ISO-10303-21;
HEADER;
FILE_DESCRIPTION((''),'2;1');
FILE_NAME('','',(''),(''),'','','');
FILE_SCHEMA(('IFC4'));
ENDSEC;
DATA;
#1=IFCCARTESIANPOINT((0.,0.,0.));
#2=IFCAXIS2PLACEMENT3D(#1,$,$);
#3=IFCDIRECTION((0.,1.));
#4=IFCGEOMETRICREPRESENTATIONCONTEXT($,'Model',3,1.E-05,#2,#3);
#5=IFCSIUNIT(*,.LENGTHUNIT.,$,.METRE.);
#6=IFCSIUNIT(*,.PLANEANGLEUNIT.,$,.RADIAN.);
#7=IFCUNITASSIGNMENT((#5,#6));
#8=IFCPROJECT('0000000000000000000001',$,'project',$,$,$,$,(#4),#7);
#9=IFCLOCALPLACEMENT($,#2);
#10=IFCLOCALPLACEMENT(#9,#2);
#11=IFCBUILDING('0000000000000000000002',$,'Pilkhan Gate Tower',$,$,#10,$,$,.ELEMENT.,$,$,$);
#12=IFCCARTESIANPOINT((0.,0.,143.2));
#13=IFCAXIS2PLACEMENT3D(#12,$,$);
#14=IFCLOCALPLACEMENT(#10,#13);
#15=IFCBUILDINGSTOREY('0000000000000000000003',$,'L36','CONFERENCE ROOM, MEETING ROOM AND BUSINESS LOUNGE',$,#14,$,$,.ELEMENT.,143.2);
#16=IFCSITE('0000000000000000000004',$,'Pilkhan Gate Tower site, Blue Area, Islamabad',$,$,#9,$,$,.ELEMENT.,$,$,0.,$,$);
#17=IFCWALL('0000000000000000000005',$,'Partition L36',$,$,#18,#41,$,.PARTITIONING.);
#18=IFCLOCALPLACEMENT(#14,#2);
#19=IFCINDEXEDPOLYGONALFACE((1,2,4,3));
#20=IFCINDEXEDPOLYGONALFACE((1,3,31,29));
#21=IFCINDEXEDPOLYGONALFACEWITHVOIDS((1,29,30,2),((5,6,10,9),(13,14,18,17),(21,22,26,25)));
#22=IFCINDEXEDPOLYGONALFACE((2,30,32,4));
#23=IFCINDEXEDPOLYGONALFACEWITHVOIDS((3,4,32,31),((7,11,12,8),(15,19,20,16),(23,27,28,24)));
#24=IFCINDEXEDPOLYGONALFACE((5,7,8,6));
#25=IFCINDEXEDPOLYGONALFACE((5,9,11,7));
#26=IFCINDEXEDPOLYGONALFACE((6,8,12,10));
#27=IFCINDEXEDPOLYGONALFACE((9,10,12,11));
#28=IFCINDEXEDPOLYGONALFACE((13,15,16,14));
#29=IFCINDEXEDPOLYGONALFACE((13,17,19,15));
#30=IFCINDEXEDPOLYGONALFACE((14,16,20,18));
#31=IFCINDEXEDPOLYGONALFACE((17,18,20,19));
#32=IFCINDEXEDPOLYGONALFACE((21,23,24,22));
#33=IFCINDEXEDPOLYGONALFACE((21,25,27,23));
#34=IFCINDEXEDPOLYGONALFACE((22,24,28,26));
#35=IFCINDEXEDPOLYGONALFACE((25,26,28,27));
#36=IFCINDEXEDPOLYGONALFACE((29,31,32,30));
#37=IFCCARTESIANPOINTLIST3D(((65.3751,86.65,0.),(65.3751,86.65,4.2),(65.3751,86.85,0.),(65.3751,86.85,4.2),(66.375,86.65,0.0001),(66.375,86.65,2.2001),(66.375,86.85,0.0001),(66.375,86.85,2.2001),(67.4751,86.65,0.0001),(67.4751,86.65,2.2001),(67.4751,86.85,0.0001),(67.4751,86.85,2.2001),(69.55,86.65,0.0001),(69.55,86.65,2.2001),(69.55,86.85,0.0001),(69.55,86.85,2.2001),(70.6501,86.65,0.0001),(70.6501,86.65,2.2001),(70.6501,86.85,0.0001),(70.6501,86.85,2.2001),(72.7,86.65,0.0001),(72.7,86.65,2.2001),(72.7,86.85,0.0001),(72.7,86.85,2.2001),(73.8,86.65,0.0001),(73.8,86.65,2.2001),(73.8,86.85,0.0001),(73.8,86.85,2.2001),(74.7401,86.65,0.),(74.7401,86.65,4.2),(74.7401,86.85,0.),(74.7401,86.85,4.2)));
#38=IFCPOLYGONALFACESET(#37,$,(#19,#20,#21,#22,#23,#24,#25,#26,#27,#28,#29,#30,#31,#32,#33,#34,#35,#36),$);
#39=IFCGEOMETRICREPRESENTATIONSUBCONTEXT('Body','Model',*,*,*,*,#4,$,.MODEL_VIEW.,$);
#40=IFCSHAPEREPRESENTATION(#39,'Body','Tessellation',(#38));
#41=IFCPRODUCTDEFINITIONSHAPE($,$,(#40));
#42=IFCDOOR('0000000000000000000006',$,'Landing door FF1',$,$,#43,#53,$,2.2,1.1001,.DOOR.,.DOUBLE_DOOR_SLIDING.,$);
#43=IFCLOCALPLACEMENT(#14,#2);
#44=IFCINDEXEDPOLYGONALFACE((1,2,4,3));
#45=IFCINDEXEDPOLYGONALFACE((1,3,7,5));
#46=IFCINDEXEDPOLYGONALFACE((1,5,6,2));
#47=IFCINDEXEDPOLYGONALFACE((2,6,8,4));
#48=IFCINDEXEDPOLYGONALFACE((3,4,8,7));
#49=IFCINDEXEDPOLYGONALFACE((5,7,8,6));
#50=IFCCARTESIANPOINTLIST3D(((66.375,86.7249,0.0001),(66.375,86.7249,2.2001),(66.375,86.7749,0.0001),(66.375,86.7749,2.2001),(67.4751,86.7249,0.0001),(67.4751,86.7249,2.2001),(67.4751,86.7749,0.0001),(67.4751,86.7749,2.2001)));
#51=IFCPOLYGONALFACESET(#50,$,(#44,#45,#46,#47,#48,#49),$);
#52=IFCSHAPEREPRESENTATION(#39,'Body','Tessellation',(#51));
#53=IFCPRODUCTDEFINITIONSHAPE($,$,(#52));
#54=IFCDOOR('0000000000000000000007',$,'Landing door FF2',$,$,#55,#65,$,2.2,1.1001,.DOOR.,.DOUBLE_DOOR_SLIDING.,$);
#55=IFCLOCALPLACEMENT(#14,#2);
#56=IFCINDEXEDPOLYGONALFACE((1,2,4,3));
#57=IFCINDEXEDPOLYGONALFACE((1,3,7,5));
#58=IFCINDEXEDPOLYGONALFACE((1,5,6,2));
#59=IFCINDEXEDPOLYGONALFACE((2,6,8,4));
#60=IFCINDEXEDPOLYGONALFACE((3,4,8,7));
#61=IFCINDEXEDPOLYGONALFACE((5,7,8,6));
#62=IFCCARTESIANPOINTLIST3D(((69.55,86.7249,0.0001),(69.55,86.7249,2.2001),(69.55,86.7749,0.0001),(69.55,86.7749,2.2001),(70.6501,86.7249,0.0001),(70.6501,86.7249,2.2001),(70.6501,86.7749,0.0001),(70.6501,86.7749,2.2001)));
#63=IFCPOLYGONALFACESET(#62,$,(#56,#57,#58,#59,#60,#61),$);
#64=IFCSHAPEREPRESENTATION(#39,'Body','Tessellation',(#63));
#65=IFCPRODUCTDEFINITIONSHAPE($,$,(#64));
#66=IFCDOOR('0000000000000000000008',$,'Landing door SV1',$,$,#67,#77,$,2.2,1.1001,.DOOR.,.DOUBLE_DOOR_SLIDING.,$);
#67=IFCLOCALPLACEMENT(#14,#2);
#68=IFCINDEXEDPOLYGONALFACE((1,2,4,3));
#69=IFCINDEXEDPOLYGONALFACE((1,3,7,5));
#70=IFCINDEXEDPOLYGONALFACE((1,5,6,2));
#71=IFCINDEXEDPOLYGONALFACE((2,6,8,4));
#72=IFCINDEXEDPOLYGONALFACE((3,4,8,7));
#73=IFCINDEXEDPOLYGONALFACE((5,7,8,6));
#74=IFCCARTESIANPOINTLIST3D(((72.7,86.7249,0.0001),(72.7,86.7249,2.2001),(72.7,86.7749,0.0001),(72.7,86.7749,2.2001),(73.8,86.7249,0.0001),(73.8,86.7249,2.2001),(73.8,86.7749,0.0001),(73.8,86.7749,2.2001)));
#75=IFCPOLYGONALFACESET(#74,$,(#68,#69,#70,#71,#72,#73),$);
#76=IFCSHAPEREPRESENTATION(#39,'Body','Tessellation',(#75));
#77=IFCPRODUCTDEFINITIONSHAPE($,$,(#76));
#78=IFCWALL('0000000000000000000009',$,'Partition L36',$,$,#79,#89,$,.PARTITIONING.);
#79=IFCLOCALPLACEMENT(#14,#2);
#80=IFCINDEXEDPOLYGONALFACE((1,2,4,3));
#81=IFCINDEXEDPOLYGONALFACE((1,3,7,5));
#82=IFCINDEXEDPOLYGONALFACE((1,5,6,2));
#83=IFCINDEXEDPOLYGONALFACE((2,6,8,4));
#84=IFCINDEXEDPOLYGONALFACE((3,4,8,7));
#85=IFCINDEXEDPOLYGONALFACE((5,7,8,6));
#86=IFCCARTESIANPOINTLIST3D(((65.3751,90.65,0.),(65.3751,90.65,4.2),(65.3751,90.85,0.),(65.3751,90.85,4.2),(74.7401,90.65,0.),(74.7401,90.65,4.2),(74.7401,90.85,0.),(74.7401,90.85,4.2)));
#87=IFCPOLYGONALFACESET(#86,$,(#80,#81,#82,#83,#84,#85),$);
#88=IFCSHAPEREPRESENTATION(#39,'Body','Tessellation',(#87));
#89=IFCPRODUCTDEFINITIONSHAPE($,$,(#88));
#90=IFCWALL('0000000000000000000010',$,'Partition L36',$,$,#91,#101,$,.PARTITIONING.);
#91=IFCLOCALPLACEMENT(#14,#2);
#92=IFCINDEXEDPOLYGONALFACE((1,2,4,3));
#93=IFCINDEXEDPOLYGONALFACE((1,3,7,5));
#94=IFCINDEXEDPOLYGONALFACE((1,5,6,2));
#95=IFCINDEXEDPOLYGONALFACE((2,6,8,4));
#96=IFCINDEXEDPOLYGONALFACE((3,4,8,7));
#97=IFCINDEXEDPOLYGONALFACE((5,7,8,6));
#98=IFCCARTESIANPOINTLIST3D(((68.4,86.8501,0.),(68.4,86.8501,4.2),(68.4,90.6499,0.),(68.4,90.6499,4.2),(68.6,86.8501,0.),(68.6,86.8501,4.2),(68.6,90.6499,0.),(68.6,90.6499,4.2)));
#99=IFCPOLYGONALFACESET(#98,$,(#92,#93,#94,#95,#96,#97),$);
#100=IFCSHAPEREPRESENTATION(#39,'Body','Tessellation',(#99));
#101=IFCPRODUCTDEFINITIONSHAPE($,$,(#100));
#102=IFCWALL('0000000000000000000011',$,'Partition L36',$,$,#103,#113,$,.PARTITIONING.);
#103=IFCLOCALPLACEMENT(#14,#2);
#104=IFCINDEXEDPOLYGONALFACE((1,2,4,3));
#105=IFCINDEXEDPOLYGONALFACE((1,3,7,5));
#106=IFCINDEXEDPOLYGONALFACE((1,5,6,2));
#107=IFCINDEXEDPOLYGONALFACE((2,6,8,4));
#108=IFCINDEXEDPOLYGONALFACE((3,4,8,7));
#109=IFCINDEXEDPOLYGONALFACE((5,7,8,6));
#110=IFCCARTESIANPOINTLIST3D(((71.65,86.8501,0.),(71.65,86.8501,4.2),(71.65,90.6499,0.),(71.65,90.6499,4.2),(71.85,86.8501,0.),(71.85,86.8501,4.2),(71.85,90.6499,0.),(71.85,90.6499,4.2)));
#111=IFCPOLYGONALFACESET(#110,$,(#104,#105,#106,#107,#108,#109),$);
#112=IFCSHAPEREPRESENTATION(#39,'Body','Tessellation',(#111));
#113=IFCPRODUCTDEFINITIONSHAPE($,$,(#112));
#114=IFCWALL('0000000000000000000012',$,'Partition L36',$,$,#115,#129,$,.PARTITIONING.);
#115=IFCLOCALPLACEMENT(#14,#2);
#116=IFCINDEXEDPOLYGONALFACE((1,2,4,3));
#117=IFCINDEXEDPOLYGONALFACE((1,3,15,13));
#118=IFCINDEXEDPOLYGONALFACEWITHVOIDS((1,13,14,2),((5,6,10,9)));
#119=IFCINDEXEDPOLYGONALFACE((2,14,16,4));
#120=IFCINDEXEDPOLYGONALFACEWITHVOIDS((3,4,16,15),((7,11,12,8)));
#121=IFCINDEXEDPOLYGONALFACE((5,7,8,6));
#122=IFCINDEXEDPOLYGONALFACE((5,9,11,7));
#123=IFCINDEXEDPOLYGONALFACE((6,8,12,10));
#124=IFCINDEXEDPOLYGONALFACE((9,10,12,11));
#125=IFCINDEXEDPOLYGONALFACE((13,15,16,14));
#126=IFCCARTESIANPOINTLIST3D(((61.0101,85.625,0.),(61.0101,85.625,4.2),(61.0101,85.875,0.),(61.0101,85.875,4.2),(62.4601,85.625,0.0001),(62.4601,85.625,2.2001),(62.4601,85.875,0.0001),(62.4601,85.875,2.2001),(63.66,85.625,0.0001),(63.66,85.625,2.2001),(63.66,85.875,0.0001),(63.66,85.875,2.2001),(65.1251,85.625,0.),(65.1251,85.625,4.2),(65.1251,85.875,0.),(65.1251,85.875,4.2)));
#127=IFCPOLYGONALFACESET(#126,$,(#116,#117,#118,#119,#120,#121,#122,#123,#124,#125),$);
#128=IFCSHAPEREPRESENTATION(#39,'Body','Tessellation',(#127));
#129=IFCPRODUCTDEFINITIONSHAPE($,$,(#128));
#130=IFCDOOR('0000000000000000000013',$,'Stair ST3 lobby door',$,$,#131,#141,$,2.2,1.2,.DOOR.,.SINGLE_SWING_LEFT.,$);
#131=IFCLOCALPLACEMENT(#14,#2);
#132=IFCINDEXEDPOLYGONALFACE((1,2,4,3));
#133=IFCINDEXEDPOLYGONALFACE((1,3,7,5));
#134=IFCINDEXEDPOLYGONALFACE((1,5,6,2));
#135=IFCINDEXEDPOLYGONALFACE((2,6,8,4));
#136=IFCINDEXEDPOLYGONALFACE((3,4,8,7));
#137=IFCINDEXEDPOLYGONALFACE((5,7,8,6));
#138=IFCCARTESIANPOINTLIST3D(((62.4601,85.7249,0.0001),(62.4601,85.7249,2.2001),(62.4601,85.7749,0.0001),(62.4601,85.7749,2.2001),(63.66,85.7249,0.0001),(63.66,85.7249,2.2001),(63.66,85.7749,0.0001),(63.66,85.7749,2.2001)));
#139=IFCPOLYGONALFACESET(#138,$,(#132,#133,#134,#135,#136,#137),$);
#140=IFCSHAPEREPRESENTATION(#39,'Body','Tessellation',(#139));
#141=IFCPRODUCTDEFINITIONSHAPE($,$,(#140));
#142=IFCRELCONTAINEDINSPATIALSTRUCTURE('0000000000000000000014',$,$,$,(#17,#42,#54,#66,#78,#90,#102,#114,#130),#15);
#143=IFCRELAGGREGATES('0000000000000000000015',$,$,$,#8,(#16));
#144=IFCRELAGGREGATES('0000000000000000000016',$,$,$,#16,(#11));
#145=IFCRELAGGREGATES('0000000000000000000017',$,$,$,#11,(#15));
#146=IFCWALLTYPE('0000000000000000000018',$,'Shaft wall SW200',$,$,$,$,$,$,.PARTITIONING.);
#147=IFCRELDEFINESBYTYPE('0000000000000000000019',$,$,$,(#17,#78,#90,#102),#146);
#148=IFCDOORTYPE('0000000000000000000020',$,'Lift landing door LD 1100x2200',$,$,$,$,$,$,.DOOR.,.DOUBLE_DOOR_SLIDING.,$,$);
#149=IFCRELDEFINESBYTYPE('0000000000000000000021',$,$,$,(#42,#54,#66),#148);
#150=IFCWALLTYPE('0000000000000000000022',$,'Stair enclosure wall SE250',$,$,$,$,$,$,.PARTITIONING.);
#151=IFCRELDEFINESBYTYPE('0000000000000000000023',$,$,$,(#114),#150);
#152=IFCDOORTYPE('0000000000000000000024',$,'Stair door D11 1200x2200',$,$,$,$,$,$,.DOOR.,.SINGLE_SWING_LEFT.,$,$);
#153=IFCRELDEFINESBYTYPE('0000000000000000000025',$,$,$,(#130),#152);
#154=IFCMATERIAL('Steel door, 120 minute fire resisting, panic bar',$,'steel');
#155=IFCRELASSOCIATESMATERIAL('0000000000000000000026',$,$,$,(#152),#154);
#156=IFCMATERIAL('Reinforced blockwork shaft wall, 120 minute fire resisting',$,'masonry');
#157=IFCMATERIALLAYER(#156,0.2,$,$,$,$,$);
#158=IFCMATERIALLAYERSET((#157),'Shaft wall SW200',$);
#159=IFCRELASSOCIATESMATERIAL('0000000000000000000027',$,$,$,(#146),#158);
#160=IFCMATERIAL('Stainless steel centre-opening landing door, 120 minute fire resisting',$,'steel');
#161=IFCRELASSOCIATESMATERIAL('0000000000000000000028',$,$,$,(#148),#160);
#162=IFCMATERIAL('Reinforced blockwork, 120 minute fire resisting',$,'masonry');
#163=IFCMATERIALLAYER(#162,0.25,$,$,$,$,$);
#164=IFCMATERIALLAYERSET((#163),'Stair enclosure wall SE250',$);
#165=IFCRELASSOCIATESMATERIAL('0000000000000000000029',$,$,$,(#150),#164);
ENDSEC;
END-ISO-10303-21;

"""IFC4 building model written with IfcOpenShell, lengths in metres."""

from ifc_helpers import new_model, si_unit, direction, frame, frame_2d, origin, place, context, subcontext, project, spatial, rectangle, extrude, material, layer, layer_set, type_object, element, fill, save


model = new_model("IFC4")

# Units and contexts
model_context = context("Model", 3, precision=1e-05, world=origin(), true_north=direction((0.0, 1.0)))
body_context = subcontext(model_context, "Body", "Model", "MODEL_VIEW")
ifc_project = project(units=[si_unit("LENGTHUNIT", "METRE"), si_unit("PLANEANGLEUNIT", "RADIAN")], contexts=[model_context])

# Site, building, storey
site_placement = place(None, origin())
site = spatial("IfcSite", under=ifc_project, at=site_placement, Name="Pilkhan Gate Tower site, Blue Area, Islamabad", CompositionType="ELEMENT", RefElevation=0.0)
building_placement = place(site_placement, origin())
building = spatial("IfcBuilding", under=site, at=building_placement, Name="Pilkhan Gate Tower", CompositionType="ELEMENT")
storey_placement = place(building_placement, frame((0.0, 0.0, 143.2)))
storey = spatial("IfcBuildingStorey", under=building, at=storey_placement, Name="L36", Description="CONFERENCE ROOM, MEETING ROOM AND BUSINESS LOUNGE", CompositionType="ELEMENT", Elevation=143.2)

# Wall, openings, doors
ifc_material_1 = material(Name="Steel door, 120 minute fire resisting, panic bar", Category="steel")
door_type_1 = type_object("IfcDoorType", Name="Stair door D11 1200x2200", OperationType="SINGLE_SWING_LEFT", PredefinedType="DOOR", material=ifc_material_1)
ifc_material_2 = material(Name="Reinforced blockwork shaft wall, 120 minute fire resisting", Category="masonry")
ifc_layer_1 = layer(ifc_material_2, 0.2)
ifc_layer_set_1 = layer_set([ifc_layer_1], Name="Shaft wall SW200")
wall_type_1 = type_object("IfcWallType", Name="Shaft wall SW200", PredefinedType="PARTITIONING", material=ifc_layer_set_1)
wall_1_placement = place(storey_placement, frame((65.375, 86.75, 0.0), z_axis=(0.0, 0.0, 1.0), x_axis=(1.0, 0.0, 0.0)))
wall_1 = element("IfcWall", 1, at=wall_1_placement, inside=storey, type_object=wall_type_1, Name="Partition L36", PredefinedType="PARTITIONING", context=body_context, shape_type="SweptSolid", body=[
    extrude(rectangle(XDim=9.365, YDim=0.2, at=frame_2d((4.6826, 0.0))), origin(), (0.0, 0.0, 1.0), 4.2),
])
opening_1_placement = place(wall_1_placement, frame((1.0, 0.0, 0.0)))
opening_1 = element("IfcOpeningElement", 2, at=opening_1_placement, cuts=wall_1, PredefinedType="OPENING", context=body_context, shape_type="SweptSolid", body=[
    extrude(rectangle(XDim=1.1001, YDim=2.2, at=frame_2d((0.55, 1.1001))), frame((0.0, 0.1099, 0.0), z_axis=(0.0, -1.0, 0.0), x_axis=(1.0, 0.0, 0.0)), (0.0, 0.0, 1.0), 0.22),
])
opening_2_placement = place(wall_1_placement, frame((4.175, 0.0, 0.0)))
opening_2 = element("IfcOpeningElement", 3, at=opening_2_placement, cuts=wall_1, PredefinedType="OPENING", context=body_context, shape_type="SweptSolid", body=[
    extrude(rectangle(XDim=1.1001, YDim=2.2, at=frame_2d((0.55, 1.1001))), frame((0.0, 0.1099, 0.0), z_axis=(0.0, -1.0, 0.0), x_axis=(1.0, 0.0, 0.0)), (0.0, 0.0, 1.0), 0.22),
])
opening_3_placement = place(wall_1_placement, frame((7.325, 0.0, 0.0)))
opening_3 = element("IfcOpeningElement", 4, at=opening_3_placement, cuts=wall_1, PredefinedType="OPENING", context=body_context, shape_type="SweptSolid", body=[
    extrude(rectangle(XDim=1.1001, YDim=2.2, at=frame_2d((0.55, 1.1001))), frame((0.0, 0.1099, 0.0), z_axis=(0.0, -1.0, 0.0), x_axis=(1.0, 0.0, 0.0)), (0.0, 0.0, 1.0), 0.22),
])
ifc_material_3 = material(Name="Stainless steel centre-opening landing door, 120 minute fire resisting", Category="steel")
door_type_2 = type_object("IfcDoorType", Name="Lift landing door LD 1100x2200", OperationType="DOUBLE_DOOR_SLIDING", PredefinedType="DOOR", material=ifc_material_3)
door_1_placement = place(opening_1_placement, origin())
door_1 = element("IfcDoor", 5, at=door_1_placement, inside=storey, type_object=door_type_2, Name="Landing door FF1", OperationType="DOUBLE_DOOR_SLIDING", OverallHeight=2.2, OverallWidth=1.1001, PredefinedType="DOOR", context=body_context, shape_type="SweptSolid", body=[
    extrude(rectangle(XDim=1.1001, YDim=2.2, at=frame_2d((0.55, 1.1001))), frame((0.0, 0.0249, 0.0), z_axis=(0.0, -1.0, 0.0), x_axis=(1.0, 0.0, 0.0)), (0.0, 0.0, 1.0), 0.05),
])
fill(opening_1, door_1)
door_2_placement = place(opening_2_placement, origin())
door_2 = element("IfcDoor", 6, at=door_2_placement, inside=storey, type_object=door_type_2, Name="Landing door FF2", OperationType="DOUBLE_DOOR_SLIDING", OverallHeight=2.2, OverallWidth=1.1001, PredefinedType="DOOR", context=body_context, shape_type="SweptSolid", body=[
    extrude(rectangle(XDim=1.1001, YDim=2.2, at=frame_2d((0.55, 1.1001))), frame((0.0, 0.0249, 0.0), z_axis=(0.0, -1.0, 0.0), x_axis=(1.0, 0.0, 0.0)), (0.0, 0.0, 1.0), 0.05),
])
fill(opening_2, door_2)
door_3_placement = place(opening_3_placement, origin())
door_3 = element("IfcDoor", 7, at=door_3_placement, inside=storey, type_object=door_type_2, Name="Landing door SV1", OperationType="DOUBLE_DOOR_SLIDING", OverallHeight=2.2, OverallWidth=1.1001, PredefinedType="DOOR", context=body_context, shape_type="SweptSolid", body=[
    extrude(rectangle(XDim=1.1001, YDim=2.2, at=frame_2d((0.55, 1.1001))), frame((0.0, 0.0249, 0.0), z_axis=(0.0, -1.0, 0.0), x_axis=(1.0, 0.0, 0.0)), (0.0, 0.0, 1.0), 0.05),
])
fill(opening_3, door_3)

# Walls
wall_2_placement = place(storey_placement, frame((65.375, 90.75, 0.0), z_axis=(0.0, 0.0, 1.0), x_axis=(1.0, 0.0, 0.0)))
element("IfcWall", 8, at=wall_2_placement, inside=storey, type_object=wall_type_1, Name="Partition L36", PredefinedType="PARTITIONING", context=body_context, shape_type="SweptSolid", body=[
    extrude(rectangle(XDim=9.365, YDim=0.2, at=frame_2d((4.6826, 0.0))), origin(), (0.0, 0.0, 1.0), 4.2),
])
for number, where, z_axis, x_axis, name in (
    (9, (68.5, 86.8501, 0.0), (0.0, 0.0, 1.0), (0.0, 1.0, 0.0), "Partition L36"),
    (10, (71.75, 86.8501, 0.0), (0.0, 0.0, 1.0), (0.0, 1.0, 0.0), "Partition L36"),
):
    element("IfcWall", number, at=place(storey_placement, frame(where, z_axis=z_axis, x_axis=x_axis)), inside=storey, type_object=wall_type_1, Name=name, PredefinedType="PARTITIONING", context=body_context, shape_type="SweptSolid", body=[
        extrude(rectangle(XDim=3.7998, YDim=0.2, at=frame_2d((1.8999, 0.0))), origin(), (0.0, 0.0, 1.0), 4.2),
    ])

# Wall, opening, door
ifc_material_4 = material(Name="Reinforced blockwork, 120 minute fire resisting", Category="masonry")
ifc_layer_2 = layer(ifc_material_4, 0.25)
ifc_layer_set_2 = layer_set([ifc_layer_2], Name="Stair enclosure wall SE250")
wall_type_2 = type_object("IfcWallType", Name="Stair enclosure wall SE250", PredefinedType="PARTITIONING", material=ifc_layer_set_2)
wall_3_placement = place(storey_placement, frame((61.01, 85.75, 0.0), z_axis=(0.0, 0.0, 1.0), x_axis=(1.0, 0.0, 0.0)))
wall_3 = element("IfcWall", 11, at=wall_3_placement, inside=storey, type_object=wall_type_2, Name="Partition L36", PredefinedType="PARTITIONING", context=body_context, shape_type="SweptSolid", body=[
    extrude(rectangle(XDim=4.115, YDim=0.25, at=frame_2d((2.0576, 0.0))), origin(), (0.0, 0.0, 1.0), 4.2),
])
opening_4_placement = place(wall_3_placement, frame((1.45, 0.0, 0.0)))
opening_4 = element("IfcOpeningElement", 12, at=opening_4_placement, cuts=wall_3, PredefinedType="OPENING", context=body_context, shape_type="SweptSolid", body=[
    extrude(rectangle(XDim=1.2, YDim=2.2, at=frame_2d((0.6001, 1.1001))), frame((0.0, 0.135, 0.0), z_axis=(0.0, -1.0, 0.0), x_axis=(1.0, 0.0, 0.0)), (0.0, 0.0, 1.0), 0.27),
])
door_4_placement = place(opening_4_placement, origin())
door_4 = element("IfcDoor", 13, at=door_4_placement, inside=storey, type_object=door_type_1, Name="Stair ST3 lobby door", OperationType="SINGLE_SWING_LEFT", OverallHeight=2.2, OverallWidth=1.2, PredefinedType="DOOR", context=body_context, shape_type="SweptSolid", body=[
    extrude(rectangle(XDim=1.2, YDim=2.2, at=frame_2d((0.6001, 1.1001))), frame((0.0, 0.0249, 0.0), z_axis=(0.0, -1.0, 0.0), x_axis=(1.0, 0.0, 0.0)), (0.0, 0.0, 1.0), 0.05),
])
fill(opening_4, door_4)

save(model, "model.ifc")
